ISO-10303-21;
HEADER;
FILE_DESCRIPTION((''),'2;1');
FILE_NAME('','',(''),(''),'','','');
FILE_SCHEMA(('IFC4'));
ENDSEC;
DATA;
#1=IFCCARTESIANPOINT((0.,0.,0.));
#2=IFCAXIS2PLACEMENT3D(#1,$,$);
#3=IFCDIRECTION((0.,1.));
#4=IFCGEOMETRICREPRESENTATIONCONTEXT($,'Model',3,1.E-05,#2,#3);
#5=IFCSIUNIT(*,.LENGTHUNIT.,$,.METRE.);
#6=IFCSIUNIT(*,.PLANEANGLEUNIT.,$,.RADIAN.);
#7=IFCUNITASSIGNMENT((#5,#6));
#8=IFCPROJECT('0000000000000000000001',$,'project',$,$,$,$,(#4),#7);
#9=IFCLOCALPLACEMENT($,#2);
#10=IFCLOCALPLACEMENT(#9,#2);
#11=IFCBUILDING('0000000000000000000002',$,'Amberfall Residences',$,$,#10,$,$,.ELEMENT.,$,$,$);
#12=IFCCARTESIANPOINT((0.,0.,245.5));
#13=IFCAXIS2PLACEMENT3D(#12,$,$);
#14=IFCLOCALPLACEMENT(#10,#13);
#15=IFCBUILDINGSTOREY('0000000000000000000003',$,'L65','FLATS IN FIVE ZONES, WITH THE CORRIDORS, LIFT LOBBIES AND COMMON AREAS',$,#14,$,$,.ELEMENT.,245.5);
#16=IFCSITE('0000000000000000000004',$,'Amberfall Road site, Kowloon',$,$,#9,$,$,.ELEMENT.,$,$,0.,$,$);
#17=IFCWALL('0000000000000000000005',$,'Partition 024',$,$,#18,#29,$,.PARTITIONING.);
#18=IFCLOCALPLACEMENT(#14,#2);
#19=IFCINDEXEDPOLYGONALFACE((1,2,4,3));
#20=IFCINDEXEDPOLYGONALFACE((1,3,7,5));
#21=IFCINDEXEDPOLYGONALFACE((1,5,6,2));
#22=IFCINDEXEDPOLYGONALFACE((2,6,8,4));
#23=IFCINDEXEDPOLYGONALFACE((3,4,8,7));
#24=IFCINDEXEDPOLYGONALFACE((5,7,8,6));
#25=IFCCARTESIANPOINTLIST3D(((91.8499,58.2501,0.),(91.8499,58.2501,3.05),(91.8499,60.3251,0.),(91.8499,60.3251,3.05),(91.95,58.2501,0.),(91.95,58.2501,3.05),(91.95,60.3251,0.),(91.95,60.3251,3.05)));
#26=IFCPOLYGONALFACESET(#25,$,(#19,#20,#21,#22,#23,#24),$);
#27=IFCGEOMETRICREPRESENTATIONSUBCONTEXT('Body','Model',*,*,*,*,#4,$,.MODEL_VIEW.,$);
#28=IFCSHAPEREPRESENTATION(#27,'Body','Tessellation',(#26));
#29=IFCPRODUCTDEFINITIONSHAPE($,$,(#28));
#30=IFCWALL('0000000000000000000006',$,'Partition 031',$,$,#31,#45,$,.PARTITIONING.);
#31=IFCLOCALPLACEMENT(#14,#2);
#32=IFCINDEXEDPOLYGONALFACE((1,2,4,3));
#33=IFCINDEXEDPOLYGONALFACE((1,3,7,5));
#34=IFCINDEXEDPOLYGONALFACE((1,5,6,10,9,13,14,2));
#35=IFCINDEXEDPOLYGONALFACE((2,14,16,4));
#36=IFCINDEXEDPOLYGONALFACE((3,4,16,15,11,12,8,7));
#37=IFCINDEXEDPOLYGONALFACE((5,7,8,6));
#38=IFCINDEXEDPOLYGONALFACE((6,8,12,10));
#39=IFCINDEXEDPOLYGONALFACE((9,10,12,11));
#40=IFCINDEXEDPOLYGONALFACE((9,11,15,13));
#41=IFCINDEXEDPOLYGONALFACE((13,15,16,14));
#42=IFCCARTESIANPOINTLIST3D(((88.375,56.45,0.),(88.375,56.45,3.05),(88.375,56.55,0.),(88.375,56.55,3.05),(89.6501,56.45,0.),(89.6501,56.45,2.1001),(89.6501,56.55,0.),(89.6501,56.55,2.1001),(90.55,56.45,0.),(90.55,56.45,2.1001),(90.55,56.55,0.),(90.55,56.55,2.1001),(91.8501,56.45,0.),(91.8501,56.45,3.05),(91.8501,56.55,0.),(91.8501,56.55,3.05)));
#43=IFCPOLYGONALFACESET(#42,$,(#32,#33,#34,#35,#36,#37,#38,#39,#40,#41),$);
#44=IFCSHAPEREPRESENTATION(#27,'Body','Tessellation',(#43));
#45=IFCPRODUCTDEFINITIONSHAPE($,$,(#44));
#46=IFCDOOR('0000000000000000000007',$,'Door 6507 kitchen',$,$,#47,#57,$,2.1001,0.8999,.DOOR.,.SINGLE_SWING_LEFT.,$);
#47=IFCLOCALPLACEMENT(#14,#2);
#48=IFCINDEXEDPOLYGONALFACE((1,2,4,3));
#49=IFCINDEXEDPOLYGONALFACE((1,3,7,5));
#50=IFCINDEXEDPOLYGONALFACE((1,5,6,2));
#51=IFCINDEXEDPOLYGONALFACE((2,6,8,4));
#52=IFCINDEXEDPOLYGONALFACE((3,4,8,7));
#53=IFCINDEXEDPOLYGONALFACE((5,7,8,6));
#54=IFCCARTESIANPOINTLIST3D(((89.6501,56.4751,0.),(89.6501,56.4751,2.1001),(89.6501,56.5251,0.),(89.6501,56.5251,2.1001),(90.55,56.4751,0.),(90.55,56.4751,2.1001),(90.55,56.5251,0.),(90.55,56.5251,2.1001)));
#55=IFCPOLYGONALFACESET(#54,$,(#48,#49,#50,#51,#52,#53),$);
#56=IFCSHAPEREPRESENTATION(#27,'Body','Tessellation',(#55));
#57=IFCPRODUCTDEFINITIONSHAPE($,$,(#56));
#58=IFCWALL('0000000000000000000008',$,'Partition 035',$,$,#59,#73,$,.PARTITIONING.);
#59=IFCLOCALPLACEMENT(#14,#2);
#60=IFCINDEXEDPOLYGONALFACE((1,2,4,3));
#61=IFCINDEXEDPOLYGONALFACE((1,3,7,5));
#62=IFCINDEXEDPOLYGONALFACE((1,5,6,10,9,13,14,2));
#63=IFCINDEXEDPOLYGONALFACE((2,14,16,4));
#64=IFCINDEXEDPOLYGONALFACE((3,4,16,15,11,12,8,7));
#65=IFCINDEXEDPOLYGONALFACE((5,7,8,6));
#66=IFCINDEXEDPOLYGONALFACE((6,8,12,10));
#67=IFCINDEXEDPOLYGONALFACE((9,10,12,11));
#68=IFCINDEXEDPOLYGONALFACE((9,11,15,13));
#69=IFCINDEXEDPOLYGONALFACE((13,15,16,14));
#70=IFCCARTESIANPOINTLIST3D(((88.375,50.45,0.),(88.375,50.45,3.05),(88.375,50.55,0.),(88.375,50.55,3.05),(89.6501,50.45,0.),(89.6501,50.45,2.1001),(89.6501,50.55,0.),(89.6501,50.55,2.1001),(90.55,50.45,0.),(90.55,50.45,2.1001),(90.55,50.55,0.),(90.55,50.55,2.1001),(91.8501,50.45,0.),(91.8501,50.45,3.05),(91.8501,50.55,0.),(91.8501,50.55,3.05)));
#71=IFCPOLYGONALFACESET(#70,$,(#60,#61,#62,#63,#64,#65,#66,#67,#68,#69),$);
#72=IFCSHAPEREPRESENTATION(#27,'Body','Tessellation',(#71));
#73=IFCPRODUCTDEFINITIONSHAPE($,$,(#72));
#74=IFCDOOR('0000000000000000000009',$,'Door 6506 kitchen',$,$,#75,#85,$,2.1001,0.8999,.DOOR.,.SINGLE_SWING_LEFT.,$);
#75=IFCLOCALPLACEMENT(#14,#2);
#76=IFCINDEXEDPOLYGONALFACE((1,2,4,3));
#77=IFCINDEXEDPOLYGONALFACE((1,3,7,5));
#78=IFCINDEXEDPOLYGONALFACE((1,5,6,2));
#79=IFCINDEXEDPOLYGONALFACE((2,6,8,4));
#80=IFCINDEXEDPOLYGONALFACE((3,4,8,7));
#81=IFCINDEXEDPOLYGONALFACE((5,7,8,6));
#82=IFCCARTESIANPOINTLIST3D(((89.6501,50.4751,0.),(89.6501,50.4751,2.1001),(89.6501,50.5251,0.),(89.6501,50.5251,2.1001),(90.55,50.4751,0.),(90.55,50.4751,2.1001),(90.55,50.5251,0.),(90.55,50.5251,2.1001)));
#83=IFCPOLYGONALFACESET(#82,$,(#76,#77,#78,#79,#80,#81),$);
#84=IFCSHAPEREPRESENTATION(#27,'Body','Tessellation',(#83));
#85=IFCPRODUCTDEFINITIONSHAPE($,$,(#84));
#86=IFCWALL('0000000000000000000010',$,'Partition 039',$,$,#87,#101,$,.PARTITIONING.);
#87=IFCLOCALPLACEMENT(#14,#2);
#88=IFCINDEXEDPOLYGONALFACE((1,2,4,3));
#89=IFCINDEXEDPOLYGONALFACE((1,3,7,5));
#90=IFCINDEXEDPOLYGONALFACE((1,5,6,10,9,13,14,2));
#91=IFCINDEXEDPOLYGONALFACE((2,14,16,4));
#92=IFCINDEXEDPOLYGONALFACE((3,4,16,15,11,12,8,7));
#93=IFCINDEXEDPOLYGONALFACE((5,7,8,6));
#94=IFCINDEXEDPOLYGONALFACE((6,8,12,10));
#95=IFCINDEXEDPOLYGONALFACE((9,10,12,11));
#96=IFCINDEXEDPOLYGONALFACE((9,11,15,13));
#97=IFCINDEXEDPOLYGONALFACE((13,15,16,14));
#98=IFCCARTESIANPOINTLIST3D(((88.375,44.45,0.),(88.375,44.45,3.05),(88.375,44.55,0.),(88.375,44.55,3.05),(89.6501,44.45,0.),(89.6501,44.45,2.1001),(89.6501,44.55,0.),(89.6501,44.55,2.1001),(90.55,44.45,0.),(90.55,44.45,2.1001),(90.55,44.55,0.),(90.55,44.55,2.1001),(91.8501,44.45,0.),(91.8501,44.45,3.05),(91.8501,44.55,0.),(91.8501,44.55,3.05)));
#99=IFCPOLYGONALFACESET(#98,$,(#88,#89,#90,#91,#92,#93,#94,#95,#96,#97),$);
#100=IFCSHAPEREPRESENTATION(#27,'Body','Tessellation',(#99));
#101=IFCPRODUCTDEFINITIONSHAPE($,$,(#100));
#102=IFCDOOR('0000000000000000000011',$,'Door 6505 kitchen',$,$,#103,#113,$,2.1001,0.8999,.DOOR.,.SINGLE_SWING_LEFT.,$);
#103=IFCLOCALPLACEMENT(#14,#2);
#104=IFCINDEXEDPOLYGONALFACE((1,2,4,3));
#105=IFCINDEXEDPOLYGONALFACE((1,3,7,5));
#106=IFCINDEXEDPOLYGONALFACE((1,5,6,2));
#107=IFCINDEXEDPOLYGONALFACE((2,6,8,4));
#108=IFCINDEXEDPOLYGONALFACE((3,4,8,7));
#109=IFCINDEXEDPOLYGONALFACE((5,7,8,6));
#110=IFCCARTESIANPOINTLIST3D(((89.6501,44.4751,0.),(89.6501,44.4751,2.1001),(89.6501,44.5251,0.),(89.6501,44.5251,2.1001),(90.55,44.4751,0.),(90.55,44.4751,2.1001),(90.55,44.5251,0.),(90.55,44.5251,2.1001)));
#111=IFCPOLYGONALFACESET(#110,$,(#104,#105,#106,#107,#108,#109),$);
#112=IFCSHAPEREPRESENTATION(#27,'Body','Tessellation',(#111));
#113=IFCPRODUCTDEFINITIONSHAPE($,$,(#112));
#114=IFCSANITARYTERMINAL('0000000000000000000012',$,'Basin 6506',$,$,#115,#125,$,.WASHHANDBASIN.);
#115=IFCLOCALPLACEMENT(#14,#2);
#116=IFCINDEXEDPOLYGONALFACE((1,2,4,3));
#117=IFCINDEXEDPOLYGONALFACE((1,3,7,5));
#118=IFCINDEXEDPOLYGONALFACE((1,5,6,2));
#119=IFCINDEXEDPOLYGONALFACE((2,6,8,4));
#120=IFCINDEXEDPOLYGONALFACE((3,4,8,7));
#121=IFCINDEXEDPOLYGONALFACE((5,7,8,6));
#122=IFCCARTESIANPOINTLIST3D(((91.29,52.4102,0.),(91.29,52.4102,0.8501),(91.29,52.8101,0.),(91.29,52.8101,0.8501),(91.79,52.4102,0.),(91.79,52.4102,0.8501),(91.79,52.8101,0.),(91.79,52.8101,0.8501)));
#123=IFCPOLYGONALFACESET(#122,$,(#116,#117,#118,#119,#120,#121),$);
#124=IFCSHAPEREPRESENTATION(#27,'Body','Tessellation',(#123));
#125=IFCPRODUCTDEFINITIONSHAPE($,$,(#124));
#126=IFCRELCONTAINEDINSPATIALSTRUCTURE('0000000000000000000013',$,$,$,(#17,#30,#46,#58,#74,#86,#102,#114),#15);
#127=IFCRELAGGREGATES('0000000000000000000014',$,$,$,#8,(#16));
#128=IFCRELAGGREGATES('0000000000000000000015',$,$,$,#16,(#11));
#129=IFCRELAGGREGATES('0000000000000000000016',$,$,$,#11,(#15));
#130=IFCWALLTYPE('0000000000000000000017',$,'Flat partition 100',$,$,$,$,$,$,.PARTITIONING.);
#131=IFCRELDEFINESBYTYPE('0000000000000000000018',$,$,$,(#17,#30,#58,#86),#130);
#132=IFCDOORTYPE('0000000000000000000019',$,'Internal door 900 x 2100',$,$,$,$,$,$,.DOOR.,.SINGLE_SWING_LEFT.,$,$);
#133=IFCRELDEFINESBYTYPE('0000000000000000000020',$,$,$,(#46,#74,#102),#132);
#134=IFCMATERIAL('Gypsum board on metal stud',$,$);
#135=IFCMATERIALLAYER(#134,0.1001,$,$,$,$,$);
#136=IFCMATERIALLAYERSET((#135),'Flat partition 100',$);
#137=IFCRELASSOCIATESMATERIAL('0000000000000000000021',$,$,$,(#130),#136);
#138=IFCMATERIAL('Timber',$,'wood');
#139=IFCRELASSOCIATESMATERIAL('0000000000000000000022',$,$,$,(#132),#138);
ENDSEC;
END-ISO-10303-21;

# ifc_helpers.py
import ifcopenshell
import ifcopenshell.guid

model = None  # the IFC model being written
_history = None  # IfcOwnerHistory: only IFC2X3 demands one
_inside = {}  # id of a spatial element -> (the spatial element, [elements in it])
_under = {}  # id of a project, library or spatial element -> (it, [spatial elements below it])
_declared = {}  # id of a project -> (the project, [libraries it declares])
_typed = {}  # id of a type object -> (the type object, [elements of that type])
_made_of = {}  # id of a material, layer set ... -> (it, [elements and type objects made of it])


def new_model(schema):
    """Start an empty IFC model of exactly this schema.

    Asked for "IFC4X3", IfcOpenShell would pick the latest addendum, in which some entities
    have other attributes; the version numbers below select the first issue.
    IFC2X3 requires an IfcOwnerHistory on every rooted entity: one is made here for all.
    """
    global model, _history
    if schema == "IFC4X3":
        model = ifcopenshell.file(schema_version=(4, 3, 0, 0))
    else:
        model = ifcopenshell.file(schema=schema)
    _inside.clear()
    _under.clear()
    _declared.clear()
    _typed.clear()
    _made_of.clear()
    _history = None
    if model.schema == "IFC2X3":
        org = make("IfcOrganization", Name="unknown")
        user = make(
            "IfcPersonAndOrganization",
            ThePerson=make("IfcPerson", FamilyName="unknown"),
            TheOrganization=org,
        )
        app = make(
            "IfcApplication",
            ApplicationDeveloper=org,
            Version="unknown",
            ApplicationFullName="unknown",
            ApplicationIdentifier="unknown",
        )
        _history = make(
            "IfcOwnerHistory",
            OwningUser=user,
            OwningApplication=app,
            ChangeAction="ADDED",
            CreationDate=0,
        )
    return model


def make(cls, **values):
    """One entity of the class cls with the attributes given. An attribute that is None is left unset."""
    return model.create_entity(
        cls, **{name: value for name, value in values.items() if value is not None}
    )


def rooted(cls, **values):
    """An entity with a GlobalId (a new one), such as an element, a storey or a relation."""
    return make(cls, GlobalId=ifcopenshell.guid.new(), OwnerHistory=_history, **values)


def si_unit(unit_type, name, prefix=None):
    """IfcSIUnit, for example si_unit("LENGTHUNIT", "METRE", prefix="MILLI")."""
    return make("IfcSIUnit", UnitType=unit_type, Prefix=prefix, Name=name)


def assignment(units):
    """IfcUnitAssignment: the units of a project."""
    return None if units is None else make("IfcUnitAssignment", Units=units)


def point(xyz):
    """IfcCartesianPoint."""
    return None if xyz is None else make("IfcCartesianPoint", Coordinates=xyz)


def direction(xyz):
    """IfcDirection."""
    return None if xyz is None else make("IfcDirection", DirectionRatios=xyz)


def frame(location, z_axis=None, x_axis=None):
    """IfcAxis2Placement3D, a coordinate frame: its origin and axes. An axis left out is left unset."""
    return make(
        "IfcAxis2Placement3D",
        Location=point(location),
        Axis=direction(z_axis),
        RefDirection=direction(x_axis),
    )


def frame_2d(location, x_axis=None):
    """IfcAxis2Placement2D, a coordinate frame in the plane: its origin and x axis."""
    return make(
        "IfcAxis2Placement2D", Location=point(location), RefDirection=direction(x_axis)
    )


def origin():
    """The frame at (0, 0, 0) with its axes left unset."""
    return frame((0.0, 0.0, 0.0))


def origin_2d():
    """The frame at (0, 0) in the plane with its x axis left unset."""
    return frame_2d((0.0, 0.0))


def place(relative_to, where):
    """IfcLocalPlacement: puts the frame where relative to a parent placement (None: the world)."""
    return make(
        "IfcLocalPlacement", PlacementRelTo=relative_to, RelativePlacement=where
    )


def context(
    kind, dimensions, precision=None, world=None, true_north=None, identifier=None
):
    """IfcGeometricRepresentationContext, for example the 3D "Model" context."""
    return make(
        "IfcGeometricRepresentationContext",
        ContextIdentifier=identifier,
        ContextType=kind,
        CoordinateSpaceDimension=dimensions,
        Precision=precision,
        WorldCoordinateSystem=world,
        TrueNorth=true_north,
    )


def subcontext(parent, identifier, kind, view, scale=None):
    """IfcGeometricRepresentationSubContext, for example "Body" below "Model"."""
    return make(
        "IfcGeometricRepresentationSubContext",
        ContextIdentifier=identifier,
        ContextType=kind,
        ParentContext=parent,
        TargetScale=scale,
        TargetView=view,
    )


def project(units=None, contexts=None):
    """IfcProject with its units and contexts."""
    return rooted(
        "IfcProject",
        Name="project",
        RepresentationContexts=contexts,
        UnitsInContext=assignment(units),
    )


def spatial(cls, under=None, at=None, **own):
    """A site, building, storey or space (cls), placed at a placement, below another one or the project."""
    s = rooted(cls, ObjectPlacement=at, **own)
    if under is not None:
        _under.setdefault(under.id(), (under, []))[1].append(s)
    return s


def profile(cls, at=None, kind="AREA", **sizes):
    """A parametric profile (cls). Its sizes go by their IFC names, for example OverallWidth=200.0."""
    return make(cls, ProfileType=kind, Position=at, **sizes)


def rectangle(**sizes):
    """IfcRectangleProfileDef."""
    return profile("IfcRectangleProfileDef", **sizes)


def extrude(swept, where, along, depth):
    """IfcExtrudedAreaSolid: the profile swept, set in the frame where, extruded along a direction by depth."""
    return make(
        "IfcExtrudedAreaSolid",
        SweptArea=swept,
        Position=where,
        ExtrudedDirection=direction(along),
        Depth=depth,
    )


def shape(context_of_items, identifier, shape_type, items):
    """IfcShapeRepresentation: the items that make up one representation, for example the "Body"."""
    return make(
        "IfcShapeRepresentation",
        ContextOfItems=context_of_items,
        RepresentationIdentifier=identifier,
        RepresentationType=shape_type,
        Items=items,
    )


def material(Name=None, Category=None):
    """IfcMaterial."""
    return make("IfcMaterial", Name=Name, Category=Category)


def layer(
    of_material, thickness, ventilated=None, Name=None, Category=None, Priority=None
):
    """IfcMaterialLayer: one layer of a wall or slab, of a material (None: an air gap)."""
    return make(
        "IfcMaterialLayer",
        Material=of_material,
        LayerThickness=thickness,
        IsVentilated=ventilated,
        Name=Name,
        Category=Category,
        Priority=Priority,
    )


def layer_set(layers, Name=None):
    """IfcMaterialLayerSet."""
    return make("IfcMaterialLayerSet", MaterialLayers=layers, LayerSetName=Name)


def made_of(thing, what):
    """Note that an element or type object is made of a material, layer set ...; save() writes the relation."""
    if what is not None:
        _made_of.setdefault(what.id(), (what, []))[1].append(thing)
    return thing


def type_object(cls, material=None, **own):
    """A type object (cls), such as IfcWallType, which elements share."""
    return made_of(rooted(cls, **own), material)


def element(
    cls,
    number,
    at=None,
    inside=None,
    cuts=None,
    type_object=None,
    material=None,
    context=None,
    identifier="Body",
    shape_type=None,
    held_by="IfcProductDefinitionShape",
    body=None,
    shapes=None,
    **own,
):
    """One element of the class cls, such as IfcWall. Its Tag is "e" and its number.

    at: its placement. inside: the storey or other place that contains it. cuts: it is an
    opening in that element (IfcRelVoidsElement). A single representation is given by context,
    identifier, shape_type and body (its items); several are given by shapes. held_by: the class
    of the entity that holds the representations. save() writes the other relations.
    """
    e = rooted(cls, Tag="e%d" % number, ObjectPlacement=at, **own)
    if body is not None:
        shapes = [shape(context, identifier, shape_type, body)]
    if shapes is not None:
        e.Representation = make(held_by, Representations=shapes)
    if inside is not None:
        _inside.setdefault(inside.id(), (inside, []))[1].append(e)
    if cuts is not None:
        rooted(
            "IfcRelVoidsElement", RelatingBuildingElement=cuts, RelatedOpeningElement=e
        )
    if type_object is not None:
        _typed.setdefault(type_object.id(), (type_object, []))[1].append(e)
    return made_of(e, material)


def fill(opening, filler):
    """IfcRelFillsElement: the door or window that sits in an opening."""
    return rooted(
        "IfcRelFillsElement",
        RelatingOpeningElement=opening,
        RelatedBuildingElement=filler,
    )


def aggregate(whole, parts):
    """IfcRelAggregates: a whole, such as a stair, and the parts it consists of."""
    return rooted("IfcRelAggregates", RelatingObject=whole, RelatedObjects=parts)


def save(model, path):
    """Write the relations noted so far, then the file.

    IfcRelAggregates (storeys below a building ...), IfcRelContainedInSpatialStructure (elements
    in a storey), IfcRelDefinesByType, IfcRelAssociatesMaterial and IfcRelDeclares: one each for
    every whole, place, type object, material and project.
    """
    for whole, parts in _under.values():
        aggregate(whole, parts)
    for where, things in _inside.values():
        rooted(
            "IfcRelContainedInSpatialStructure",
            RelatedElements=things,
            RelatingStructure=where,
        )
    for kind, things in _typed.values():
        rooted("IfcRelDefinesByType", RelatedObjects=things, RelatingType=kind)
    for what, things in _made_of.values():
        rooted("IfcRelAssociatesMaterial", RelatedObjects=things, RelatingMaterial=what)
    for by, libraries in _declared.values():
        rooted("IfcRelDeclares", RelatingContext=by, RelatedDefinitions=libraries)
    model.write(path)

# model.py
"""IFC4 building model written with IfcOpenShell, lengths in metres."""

from ifc_helpers import new_model, si_unit, direction, frame, frame_2d, origin, origin_2d, place, context, subcontext, project, spatial, rectangle, extrude, material, layer, layer_set, type_object, element, fill, save


model = new_model("IFC4")

# Units and contexts
model_context = context("Model", 3, precision=1e-05, world=origin(), true_north=direction((0.0, 1.0)))
body_context = subcontext(model_context, "Body", "Model", "MODEL_VIEW")
ifc_project = project(units=[si_unit("LENGTHUNIT", "METRE"), si_unit("PLANEANGLEUNIT", "RADIAN")], contexts=[model_context])

# Site, building, storey
site_placement = place(None, origin())
site = spatial("IfcSite", under=ifc_project, at=site_placement, Name="Amberfall Road site, Kowloon", CompositionType="ELEMENT", RefElevation=0.0)
building_placement = place(site_placement, origin())
building = spatial("IfcBuilding", under=site, at=building_placement, Name="Amberfall Residences", CompositionType="ELEMENT")
storey_placement = place(building_placement, frame((0.0, 0.0, 245.5)))
storey = spatial("IfcBuildingStorey", under=building, at=storey_placement, Name="L65", Description="FLATS IN FIVE ZONES, WITH THE CORRIDORS, LIFT LOBBIES AND COMMON AREAS", CompositionType="ELEMENT", Elevation=245.5)

# Wall
ifc_material_1 = material(Name="Gypsum board on metal stud")
ifc_layer_1 = layer(ifc_material_1, 0.1001)
ifc_layer_set_1 = layer_set([ifc_layer_1], Name="Flat partition 100")
wall_type = type_object("IfcWallType", Name="Flat partition 100", PredefinedType="PARTITIONING", material=ifc_layer_set_1)
wall_1_placement = place(storey_placement, frame((91.8999, 58.25, 0.0), z_axis=(0.0, 0.0, 1.0), x_axis=(0.0, 1.0, 0.0)))
element("IfcWall", 1, at=wall_1_placement, inside=storey, type_object=wall_type, Name="Partition 024", PredefinedType="PARTITIONING", context=body_context, shape_type="SweptSolid", body=[
    extrude(rectangle(XDim=2.075, YDim=0.1001, at=frame_2d((1.0376, 0.0))), origin(), (0.0, 0.0, 1.0), 3.05),
])

# Walls, openings, doors
wall_2_placement = place(storey_placement, frame((91.8501, 56.5, 0.0), z_axis=(0.0, 0.0, 1.0), x_axis=(-1.0, 0.0, 0.0)))
wall_2 = element("IfcWall", 2, at=wall_2_placement, inside=storey, type_object=wall_type, Name="Partition 031", PredefinedType="PARTITIONING", context=body_context, shape_type="SweptSolid", body=[
    extrude(rectangle(XDim=3.4751, YDim=0.1001, at=frame_2d((1.7375, 0.0))), origin(), (0.0, 0.0, 1.0), 3.05),
])
opening_1_placement = place(wall_2_placement, frame((1.3, 0.0, 0.0)))
opening_1 = element("IfcOpeningElement", 3, at=opening_1_placement, cuts=wall_2, PredefinedType="OPENING", context=body_context, shape_type="SweptSolid", body=[
    extrude(rectangle(XDim=0.8999, YDim=2.1001, at=frame_2d((0.45, 1.05))), frame((0.0, 0.0601, 0.0), z_axis=(0.0, -1.0, 0.0), x_axis=(1.0, 0.0, 0.0)), (0.0, 0.0, 1.0), 0.1201),
])
ifc_material_2 = material(Name="Timber", Category="wood")
door_type = type_object("IfcDoorType", Name="Internal door 900 x 2100", OperationType="SINGLE_SWING_LEFT", PredefinedType="DOOR", material=ifc_material_2)
door_1_placement = place(opening_1_placement, origin())
door_1 = element("IfcDoor", 4, at=door_1_placement, inside=storey, type_object=door_type, Name="Door 6507 kitchen", OperationType="SINGLE_SWING_LEFT", OverallHeight=2.1001, OverallWidth=0.8999, PredefinedType="DOOR", context=body_context, shape_type="SweptSolid", body=[
    extrude(rectangle(XDim=0.8999, YDim=2.1001, at=frame_2d((0.45, 1.05))), frame((0.0, 0.0249, 0.0), z_axis=(0.0, -1.0, 0.0), x_axis=(1.0, 0.0, 0.0)), (0.0, 0.0, 1.0), 0.05),
])
fill(opening_1, door_1)
wall_3_placement = place(storey_placement, frame((91.8501, 50.5, 0.0), z_axis=(0.0, 0.0, 1.0), x_axis=(-1.0, 0.0, 0.0)))
wall_3 = element("IfcWall", 5, at=wall_3_placement, inside=storey, type_object=wall_type, Name="Partition 035", PredefinedType="PARTITIONING", context=body_context, shape_type="SweptSolid", body=[
    extrude(rectangle(XDim=3.4751, YDim=0.1001, at=frame_2d((1.7375, 0.0))), origin(), (0.0, 0.0, 1.0), 3.05),
])
opening_2_placement = place(wall_3_placement, frame((1.3, 0.0, 0.0)))
opening_2 = element("IfcOpeningElement", 6, at=opening_2_placement, cuts=wall_3, PredefinedType="OPENING", context=body_context, shape_type="SweptSolid", body=[
    extrude(rectangle(XDim=0.8999, YDim=2.1001, at=frame_2d((0.45, 1.05))), frame((0.0, 0.0601, 0.0), z_axis=(0.0, -1.0, 0.0), x_axis=(1.0, 0.0, 0.0)), (0.0, 0.0, 1.0), 0.1201),
])
door_2_placement = place(opening_2_placement, origin())
door_2 = element("IfcDoor", 7, at=door_2_placement, inside=storey, type_object=door_type, Name="Door 6506 kitchen", OperationType="SINGLE_SWING_LEFT", OverallHeight=2.1001, OverallWidth=0.8999, PredefinedType="DOOR", context=body_context, shape_type="SweptSolid", body=[
    extrude(rectangle(XDim=0.8999, YDim=2.1001, at=frame_2d((0.45, 1.05))), frame((0.0, 0.0249, 0.0), z_axis=(0.0, -1.0, 0.0), x_axis=(1.0, 0.0, 0.0)), (0.0, 0.0, 1.0), 0.05),
])
fill(opening_2, door_2)
wall_4_placement = place(storey_placement, frame((91.8501, 44.5, 0.0), z_axis=(0.0, 0.0, 1.0), x_axis=(-1.0, 0.0, 0.0)))
wall_4 = element("IfcWall", 8, at=wall_4_placement, inside=storey, type_object=wall_type, Name="Partition 039", PredefinedType="PARTITIONING", context=body_context, shape_type="SweptSolid", body=[
    extrude(rectangle(XDim=3.4751, YDim=0.1001, at=frame_2d((1.7375, 0.0))), origin(), (0.0, 0.0, 1.0), 3.05),
])
opening_3_placement = place(wall_4_placement, frame((1.3, 0.0, 0.0)))
opening_3 = element("IfcOpeningElement", 9, at=opening_3_placement, cuts=wall_4, PredefinedType="OPENING", context=body_context, shape_type="SweptSolid", body=[
    extrude(rectangle(XDim=0.8999, YDim=2.1001, at=frame_2d((0.45, 1.05))), frame((0.0, 0.0601, 0.0), z_axis=(0.0, -1.0, 0.0), x_axis=(1.0, 0.0, 0.0)), (0.0, 0.0, 1.0), 0.1201),
])
door_3_placement = place(opening_3_placement, origin())
door_3 = element("IfcDoor", 10, at=door_3_placement, inside=storey, type_object=door_type, Name="Door 6505 kitchen", OperationType="SINGLE_SWING_LEFT", OverallHeight=2.1001, OverallWidth=0.8999, PredefinedType="DOOR", context=body_context, shape_type="SweptSolid", body=[
    extrude(rectangle(XDim=0.8999, YDim=2.1001, at=frame_2d((0.45, 1.05))), frame((0.0, 0.0249, 0.0), z_axis=(0.0, -1.0, 0.0), x_axis=(1.0, 0.0, 0.0)), (0.0, 0.0, 1.0), 0.05),
])
fill(opening_3, door_3)

# Sanitary terminal
sanitary_terminal_placement = place(storey_placement, frame((91.54, 52.6101, 0.0), z_axis=(0.0, 0.0, 1.0), x_axis=(1.0, 0.0, 0.0)))
element("IfcSanitaryTerminal", 11, at=sanitary_terminal_placement, inside=storey, Name="Basin 6506", PredefinedType="WASHHANDBASIN", context=body_context, shape_type="SweptSolid", body=[
    extrude(rectangle(XDim=0.5, YDim=0.3999, at=origin_2d()), origin(), (0.0, 0.0, 1.0), 0.8501),
])

save(model, "model.ifc")
